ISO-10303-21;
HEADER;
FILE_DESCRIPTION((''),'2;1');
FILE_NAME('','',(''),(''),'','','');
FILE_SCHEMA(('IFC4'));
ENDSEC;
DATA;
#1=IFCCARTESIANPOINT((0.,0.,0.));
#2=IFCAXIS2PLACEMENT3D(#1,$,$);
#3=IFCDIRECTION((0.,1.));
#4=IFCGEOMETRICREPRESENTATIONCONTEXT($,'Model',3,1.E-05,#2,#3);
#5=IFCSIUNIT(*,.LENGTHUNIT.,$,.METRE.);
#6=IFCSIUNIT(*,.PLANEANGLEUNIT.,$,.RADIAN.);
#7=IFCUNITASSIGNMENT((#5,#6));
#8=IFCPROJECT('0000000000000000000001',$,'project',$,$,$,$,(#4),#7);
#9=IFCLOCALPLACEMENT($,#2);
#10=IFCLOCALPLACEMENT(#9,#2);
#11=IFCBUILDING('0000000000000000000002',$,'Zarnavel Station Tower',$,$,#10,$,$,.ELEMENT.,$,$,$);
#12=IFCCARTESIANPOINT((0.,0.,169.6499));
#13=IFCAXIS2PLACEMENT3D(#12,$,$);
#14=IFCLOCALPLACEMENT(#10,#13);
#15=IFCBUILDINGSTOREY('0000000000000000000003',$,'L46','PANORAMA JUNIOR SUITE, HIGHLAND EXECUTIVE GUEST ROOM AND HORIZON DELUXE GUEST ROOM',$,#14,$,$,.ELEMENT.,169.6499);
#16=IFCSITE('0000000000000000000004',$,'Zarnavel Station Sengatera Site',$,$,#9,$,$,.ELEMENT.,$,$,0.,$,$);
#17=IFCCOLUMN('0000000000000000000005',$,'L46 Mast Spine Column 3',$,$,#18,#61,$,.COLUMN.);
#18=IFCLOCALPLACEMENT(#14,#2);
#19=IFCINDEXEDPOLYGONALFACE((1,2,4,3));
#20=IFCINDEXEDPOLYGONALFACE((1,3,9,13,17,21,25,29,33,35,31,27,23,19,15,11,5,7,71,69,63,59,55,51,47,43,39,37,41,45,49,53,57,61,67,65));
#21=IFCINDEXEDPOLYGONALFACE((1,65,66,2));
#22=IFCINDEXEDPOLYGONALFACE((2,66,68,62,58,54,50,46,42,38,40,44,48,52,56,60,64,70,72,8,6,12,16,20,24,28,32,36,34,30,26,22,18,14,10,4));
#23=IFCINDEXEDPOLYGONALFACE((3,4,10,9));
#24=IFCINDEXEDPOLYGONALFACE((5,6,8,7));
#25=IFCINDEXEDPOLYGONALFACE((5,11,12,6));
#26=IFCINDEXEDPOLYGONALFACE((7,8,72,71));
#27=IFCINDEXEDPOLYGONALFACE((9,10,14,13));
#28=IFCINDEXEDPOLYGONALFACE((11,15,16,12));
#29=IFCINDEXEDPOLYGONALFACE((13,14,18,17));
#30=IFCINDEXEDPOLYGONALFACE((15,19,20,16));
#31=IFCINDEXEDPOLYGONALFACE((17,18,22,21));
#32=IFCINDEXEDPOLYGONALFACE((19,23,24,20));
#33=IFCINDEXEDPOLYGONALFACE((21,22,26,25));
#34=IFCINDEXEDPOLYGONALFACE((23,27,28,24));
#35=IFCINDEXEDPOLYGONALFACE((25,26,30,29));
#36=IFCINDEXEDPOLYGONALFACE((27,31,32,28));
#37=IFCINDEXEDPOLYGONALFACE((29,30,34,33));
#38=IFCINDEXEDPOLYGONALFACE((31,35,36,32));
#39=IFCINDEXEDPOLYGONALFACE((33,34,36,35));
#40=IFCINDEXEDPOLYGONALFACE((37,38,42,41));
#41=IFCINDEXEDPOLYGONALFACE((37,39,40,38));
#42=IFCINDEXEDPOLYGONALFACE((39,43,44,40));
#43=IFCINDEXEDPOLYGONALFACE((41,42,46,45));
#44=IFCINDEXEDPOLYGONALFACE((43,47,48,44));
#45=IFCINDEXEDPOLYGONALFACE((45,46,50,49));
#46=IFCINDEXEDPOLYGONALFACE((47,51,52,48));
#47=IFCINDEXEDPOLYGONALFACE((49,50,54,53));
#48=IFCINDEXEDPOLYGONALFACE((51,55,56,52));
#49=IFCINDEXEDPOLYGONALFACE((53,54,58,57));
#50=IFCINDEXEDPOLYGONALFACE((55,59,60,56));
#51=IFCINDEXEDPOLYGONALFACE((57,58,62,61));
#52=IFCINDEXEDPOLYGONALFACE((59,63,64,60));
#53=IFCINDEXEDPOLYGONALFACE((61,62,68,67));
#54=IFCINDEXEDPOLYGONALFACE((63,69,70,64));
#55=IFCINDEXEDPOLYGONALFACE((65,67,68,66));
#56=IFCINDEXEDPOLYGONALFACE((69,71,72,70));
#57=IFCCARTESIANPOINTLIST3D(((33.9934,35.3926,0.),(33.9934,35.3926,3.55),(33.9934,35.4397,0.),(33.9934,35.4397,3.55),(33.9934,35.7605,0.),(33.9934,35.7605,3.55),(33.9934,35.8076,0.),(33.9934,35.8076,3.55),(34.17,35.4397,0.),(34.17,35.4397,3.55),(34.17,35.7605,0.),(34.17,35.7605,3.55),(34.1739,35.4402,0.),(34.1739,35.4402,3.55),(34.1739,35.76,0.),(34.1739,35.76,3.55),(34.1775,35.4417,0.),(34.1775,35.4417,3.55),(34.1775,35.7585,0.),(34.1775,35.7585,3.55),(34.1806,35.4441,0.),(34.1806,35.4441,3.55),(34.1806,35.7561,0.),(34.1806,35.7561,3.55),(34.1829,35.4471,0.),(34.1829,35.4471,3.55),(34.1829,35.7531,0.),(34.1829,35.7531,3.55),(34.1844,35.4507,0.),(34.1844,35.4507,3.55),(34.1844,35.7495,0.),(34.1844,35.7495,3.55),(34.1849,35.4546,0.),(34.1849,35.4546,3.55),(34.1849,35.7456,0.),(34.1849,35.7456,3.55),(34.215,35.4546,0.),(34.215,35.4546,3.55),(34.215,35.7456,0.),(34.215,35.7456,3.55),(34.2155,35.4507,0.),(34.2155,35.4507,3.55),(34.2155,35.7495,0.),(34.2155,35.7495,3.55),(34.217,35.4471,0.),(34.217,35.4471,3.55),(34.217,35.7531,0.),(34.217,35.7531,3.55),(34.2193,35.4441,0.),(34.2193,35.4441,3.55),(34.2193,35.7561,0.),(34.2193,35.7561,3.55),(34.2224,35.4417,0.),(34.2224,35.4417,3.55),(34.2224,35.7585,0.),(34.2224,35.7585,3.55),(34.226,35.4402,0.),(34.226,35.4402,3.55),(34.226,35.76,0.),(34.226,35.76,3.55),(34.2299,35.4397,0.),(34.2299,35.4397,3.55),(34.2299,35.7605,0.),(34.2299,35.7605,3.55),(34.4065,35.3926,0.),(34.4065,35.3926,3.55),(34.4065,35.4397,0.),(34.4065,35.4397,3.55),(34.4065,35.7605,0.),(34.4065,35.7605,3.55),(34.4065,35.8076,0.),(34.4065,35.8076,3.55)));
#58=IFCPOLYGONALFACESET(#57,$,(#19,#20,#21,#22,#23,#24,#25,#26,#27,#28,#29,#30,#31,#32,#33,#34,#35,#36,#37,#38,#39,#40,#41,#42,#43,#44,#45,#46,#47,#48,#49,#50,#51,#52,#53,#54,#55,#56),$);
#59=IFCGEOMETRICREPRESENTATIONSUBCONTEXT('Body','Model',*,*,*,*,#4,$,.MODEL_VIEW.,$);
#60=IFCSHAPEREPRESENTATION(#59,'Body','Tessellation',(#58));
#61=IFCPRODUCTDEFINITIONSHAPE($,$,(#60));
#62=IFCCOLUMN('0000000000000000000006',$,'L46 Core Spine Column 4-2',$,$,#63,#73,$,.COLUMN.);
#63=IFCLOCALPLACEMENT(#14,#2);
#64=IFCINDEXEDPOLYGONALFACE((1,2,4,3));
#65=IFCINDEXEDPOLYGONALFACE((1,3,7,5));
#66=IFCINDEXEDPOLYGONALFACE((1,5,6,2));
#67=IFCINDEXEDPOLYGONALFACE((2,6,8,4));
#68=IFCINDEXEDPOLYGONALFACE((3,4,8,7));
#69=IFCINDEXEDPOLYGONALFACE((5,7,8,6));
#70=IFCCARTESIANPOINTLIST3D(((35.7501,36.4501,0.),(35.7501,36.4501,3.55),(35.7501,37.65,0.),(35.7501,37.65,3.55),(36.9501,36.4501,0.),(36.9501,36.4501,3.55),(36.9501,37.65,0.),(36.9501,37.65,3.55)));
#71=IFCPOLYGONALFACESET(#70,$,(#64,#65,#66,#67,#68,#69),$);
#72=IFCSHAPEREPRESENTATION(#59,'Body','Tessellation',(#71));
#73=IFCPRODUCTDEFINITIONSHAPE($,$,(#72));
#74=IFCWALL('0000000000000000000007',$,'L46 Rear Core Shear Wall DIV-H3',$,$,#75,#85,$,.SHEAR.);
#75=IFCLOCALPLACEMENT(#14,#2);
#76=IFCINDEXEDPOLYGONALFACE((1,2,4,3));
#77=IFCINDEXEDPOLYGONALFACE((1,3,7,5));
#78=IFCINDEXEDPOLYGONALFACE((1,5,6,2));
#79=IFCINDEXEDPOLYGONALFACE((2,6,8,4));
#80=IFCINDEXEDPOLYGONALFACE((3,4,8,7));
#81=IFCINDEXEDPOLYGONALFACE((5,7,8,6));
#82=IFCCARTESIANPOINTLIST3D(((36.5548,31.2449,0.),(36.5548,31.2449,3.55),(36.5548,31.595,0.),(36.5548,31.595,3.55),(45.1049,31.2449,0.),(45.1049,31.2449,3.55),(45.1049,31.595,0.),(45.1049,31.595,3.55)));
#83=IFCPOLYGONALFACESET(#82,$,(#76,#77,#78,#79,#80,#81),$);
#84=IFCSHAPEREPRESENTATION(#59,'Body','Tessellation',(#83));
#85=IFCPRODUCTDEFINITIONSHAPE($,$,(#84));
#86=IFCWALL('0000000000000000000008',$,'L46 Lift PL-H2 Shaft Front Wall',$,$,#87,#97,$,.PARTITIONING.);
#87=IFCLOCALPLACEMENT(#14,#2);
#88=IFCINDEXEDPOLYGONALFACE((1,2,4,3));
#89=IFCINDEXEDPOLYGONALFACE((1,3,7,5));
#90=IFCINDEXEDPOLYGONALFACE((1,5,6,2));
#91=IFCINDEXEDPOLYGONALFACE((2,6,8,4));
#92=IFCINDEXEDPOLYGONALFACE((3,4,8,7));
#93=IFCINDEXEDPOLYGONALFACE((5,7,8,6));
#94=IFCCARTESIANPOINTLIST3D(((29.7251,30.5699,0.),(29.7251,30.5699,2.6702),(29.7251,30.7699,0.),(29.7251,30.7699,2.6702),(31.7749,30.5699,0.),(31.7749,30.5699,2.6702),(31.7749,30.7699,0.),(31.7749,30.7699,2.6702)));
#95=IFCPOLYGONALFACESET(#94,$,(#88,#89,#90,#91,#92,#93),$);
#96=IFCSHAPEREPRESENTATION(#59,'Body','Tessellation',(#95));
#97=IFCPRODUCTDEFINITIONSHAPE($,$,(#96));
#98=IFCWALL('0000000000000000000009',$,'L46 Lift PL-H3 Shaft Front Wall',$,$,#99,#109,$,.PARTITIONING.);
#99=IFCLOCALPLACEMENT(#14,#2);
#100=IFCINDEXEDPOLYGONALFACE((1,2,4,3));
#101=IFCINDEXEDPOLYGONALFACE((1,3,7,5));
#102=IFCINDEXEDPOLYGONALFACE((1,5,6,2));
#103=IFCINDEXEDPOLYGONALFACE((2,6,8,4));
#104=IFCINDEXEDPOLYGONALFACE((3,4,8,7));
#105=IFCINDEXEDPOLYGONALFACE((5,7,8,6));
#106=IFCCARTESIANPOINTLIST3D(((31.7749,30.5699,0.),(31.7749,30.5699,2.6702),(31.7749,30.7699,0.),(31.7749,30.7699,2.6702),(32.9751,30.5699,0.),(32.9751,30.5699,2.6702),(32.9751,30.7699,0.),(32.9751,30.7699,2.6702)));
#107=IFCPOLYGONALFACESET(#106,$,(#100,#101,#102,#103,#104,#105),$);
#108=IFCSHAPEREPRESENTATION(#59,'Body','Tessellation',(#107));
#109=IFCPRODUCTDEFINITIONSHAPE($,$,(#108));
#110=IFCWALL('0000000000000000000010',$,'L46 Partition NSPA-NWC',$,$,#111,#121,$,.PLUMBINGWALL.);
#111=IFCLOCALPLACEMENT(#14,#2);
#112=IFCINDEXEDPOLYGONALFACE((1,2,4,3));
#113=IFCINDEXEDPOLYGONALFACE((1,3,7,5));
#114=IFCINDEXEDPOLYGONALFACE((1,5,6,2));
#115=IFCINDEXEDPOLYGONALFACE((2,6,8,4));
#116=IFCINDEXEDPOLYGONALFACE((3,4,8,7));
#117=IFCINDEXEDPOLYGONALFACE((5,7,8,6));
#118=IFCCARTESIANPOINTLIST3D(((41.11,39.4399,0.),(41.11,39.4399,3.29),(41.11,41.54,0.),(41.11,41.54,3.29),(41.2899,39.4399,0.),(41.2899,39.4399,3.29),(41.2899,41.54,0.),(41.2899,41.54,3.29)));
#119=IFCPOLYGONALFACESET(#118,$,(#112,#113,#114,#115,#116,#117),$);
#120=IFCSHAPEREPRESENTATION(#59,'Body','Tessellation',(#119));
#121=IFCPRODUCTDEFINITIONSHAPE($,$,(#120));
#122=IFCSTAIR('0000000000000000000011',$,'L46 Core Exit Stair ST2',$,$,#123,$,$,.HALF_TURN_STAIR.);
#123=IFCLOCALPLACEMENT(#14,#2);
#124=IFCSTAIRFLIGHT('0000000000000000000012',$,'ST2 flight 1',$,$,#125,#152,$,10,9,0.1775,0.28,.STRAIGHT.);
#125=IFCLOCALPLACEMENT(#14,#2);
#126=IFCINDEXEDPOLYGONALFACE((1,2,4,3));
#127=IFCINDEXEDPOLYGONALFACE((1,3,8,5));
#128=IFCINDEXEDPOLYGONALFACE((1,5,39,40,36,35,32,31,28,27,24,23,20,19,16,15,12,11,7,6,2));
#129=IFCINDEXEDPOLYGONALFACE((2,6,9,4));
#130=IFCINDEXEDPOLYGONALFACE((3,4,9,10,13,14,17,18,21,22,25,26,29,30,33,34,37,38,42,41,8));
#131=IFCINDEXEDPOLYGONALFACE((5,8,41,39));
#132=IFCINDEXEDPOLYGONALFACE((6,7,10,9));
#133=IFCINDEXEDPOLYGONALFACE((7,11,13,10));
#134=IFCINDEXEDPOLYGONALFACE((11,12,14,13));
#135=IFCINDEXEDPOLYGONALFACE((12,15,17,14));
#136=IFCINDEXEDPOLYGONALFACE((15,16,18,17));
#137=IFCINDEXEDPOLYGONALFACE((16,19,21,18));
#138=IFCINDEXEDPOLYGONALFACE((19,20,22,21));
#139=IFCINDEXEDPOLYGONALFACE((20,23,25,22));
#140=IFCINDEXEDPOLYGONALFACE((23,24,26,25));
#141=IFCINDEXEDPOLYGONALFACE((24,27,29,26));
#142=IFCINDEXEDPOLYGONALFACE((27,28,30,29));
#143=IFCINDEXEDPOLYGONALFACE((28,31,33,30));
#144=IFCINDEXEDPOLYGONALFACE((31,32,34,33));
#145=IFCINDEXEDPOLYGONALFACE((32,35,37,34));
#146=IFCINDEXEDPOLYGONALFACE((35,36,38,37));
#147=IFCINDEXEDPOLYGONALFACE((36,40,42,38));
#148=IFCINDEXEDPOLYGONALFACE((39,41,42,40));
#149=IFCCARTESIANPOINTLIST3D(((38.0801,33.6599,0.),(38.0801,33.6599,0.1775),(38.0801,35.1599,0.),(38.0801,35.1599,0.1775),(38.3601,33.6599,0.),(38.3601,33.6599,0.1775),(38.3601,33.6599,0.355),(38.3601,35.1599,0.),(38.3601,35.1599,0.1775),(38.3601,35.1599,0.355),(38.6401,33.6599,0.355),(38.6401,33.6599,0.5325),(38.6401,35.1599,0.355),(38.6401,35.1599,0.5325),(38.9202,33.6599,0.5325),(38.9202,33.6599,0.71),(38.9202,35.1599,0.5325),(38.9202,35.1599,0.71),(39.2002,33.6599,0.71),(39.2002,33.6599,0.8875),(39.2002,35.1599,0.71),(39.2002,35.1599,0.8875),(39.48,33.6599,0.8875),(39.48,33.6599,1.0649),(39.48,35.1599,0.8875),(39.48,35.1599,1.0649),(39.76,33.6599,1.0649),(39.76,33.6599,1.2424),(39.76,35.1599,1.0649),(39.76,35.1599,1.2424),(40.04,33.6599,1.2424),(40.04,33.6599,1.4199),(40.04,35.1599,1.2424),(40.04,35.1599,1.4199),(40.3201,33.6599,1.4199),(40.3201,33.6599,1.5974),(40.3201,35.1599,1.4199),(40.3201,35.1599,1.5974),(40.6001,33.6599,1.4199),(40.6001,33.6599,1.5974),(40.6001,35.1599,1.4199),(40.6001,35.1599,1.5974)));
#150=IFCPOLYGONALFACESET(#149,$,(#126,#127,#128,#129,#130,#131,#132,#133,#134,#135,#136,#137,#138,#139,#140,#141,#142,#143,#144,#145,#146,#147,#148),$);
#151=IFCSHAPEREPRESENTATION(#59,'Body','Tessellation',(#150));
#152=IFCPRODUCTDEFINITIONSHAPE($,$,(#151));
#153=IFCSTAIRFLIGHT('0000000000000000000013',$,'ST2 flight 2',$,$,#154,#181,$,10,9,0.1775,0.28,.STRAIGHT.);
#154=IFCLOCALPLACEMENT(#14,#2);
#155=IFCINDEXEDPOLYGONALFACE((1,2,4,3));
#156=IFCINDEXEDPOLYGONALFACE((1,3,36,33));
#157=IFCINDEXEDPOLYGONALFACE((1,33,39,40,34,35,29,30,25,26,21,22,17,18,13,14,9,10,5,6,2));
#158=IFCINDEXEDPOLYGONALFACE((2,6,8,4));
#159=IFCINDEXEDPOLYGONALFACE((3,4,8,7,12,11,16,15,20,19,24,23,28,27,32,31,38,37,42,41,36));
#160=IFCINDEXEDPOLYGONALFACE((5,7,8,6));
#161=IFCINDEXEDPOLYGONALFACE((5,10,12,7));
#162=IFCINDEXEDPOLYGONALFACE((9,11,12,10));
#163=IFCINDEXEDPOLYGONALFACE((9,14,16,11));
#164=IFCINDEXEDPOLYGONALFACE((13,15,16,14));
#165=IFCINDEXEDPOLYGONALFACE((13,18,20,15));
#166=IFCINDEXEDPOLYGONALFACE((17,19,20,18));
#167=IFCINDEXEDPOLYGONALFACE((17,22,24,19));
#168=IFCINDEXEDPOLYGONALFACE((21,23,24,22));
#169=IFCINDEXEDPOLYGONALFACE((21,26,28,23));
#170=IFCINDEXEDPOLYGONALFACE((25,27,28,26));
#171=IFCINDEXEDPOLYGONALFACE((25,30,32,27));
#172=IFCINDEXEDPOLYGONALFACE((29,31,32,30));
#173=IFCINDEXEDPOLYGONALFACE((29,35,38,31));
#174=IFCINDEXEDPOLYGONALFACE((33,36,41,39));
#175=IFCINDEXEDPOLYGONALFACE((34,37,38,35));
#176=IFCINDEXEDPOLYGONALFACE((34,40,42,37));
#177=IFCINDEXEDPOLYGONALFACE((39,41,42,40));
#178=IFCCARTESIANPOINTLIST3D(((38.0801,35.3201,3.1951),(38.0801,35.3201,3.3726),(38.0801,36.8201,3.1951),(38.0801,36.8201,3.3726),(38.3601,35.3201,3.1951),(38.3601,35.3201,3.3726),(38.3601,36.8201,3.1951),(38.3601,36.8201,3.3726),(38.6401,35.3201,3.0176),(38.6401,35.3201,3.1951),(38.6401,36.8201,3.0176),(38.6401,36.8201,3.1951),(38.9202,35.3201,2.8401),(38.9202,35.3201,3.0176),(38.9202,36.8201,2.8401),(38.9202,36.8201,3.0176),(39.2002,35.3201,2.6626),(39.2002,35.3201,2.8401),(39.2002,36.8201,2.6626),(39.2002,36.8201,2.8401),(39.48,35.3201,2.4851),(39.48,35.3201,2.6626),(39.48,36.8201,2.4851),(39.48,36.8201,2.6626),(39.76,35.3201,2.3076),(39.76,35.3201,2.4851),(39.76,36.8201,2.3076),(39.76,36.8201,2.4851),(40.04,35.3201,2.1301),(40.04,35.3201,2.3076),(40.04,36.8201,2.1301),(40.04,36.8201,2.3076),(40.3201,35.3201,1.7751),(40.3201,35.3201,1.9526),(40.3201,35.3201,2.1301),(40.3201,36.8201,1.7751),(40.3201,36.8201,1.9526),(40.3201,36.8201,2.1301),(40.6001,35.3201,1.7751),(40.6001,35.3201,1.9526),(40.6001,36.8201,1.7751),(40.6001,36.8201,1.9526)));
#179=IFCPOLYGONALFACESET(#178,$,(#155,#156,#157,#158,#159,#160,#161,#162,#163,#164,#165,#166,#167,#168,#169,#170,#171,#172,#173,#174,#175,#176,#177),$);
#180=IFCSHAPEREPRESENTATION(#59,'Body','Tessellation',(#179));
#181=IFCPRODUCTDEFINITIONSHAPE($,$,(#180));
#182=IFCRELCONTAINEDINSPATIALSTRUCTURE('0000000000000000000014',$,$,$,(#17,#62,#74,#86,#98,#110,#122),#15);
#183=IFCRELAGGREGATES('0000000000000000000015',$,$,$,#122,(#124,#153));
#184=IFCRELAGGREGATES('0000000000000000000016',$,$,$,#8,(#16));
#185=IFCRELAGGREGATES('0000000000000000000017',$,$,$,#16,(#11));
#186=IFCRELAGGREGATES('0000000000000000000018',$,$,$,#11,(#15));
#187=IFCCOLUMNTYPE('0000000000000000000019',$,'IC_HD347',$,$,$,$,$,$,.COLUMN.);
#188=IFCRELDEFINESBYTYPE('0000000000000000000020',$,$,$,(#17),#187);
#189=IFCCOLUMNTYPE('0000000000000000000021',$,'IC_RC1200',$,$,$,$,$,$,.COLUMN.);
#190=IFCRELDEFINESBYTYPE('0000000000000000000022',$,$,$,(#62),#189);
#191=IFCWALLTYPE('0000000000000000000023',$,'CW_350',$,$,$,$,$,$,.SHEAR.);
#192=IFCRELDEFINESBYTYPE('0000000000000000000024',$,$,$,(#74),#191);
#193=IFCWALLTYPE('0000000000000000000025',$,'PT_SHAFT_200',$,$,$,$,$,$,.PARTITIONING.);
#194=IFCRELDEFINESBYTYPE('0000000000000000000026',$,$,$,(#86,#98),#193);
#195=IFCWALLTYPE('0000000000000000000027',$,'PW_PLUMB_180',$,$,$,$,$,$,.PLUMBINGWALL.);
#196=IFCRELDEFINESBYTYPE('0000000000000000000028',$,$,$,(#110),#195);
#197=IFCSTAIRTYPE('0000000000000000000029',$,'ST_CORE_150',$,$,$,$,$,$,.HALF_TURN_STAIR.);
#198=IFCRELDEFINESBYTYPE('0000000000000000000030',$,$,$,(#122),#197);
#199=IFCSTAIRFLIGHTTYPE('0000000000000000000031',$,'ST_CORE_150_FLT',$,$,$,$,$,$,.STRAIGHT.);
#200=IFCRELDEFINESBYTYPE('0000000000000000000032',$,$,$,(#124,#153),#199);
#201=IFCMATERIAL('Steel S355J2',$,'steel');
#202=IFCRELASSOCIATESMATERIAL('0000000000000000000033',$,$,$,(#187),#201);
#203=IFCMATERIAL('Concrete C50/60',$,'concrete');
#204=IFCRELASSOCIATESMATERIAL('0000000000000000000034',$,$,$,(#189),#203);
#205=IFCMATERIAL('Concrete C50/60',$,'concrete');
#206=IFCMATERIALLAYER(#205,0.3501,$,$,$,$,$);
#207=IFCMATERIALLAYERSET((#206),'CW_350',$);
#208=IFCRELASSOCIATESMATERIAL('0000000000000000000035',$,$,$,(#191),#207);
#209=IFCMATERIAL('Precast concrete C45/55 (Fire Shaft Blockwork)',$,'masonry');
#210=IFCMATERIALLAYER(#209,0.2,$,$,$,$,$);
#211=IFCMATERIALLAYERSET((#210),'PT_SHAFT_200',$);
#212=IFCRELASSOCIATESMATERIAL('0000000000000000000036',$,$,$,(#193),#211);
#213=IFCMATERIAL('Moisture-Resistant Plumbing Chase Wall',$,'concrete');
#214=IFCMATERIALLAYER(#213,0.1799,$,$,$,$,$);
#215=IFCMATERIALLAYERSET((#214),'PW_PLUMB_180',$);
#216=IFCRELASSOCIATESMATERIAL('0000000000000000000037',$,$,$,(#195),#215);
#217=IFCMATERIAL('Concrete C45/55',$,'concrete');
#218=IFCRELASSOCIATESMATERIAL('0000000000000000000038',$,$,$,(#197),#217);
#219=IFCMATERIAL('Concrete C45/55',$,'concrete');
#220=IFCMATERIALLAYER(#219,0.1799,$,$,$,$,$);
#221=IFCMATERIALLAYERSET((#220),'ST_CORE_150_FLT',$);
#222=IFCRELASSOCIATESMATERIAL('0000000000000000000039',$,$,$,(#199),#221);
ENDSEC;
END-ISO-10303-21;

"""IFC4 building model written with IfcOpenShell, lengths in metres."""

from ifc_helpers import new_model, si_unit, direction, frame, frame_2d, origin, origin_2d, place, context, subcontext, project, spatial, polyline, rectangle, i_section, outline, extrude, material, layer, layer_set, material_profile, profile_set, type_object, element, aggregate, save


model = new_model("IFC4")

# Units and contexts
model_context = context("Model", 3, precision=1e-05, world=origin(), true_north=direction((0.0, 1.0)))
body_context = subcontext(model_context, "Body", "Model", "MODEL_VIEW")
ifc_project = project(units=[si_unit("LENGTHUNIT", "METRE"), si_unit("PLANEANGLEUNIT", "RADIAN")], contexts=[model_context])

# Site, building, storey
site_placement = place(None, origin())
site = spatial("IfcSite", under=ifc_project, at=site_placement, Name="Zarnavel Station Sengatera Site", CompositionType="ELEMENT", RefElevation=0.0)
building_placement = place(site_placement, origin())
building = spatial("IfcBuilding", under=site, at=building_placement, Name="Zarnavel Station Tower", CompositionType="ELEMENT")
storey_placement = place(building_placement, frame((0.0, 0.0, 169.6499)))
storey = spatial("IfcBuildingStorey", under=building, at=storey_placement, Name="L46", Description="PANORAMA JUNIOR SUITE, HIGHLAND EXECUTIVE GUEST ROOM AND HORIZON DELUXE GUEST ROOM", CompositionType="ELEMENT", Elevation=169.6499)

# Columns
ifc_material_1 = material(Name="Steel S355J2", Category="steel")
ifc_material_profile_1 = material_profile(ifc_material_1, i_section(OverallWidth=0.4131, OverallDepth=0.415, WebThickness=0.03, FlangeThickness=0.0471, FilletRadius=0.0149, at=origin_2d()), Name="HD400x347")
ifc_profile_set_1 = profile_set([ifc_material_profile_1], Name="Steel S355J2")
column_type_1 = type_object("IfcColumnType", Name="IC_HD347", PredefinedType="COLUMN", material=ifc_profile_set_1)
column_1_placement = place(storey_placement, frame((34.2, 35.6001, 0.0), z_axis=(0.0, 0.0, 1.0), x_axis=(1.0, 0.0, 0.0)))
element("IfcColumn", 1, at=column_1_placement, inside=storey, type_object=column_type_1, Name="L46 Mast Spine Column 3", PredefinedType="COLUMN", context=body_context, shape_type="SweptSolid", body=[
    extrude(i_section(OverallWidth=0.4131, OverallDepth=0.415, WebThickness=0.03, FlangeThickness=0.0471, FilletRadius=0.0149, at=origin_2d()), origin(), (0.0, 0.0, 1.0), 3.55),
])
ifc_material_2 = material(Name="Concrete C50/60", Category="concrete")
ifc_material_profile_2 = material_profile(ifc_material_2, rectangle(XDim=1.2, YDim=1.2, at=origin_2d()), Name="RC1200x1200")
ifc_profile_set_2 = profile_set([ifc_material_profile_2], Name="Concrete C50/60")
column_type_2 = type_object("IfcColumnType", Name="IC_RC1200", PredefinedType="COLUMN", material=ifc_profile_set_2)
column_2_placement = place(storey_placement, frame((36.3501, 37.05, 0.0), z_axis=(0.0, 0.0, 1.0), x_axis=(1.0, 0.0, 0.0)))
element("IfcColumn", 2, at=column_2_placement, inside=storey, type_object=column_type_2, Name="L46 Core Spine Column 4-2", PredefinedType="COLUMN", context=body_context, shape_type="SweptSolid", body=[
    extrude(rectangle(XDim=1.2, YDim=1.2, at=origin_2d()), origin(), (0.0, 0.0, 1.0), 3.55),
])

# Wall
ifc_material_3 = material(Name="Concrete C50/60", Category="concrete")
ifc_layer_1 = layer(ifc_material_3, 0.3501)
ifc_layer_set_1 = layer_set([ifc_layer_1], Name="CW_350")
wall_type_1 = type_object("IfcWallType", Name="CW_350", PredefinedType="SHEAR", material=ifc_layer_set_1)
wall_1_placement = place(storey_placement, frame((36.5549, 31.4199, 0.0), z_axis=(0.0, 0.0, 1.0), x_axis=(1.0, 0.0, 0.0)))
element("IfcWall", 3, at=wall_1_placement, inside=storey, type_object=wall_type_1, Name="L46 Rear Core Shear Wall DIV-H3", PredefinedType="SHEAR", context=body_context, shape_type="SweptSolid", body=[
    extrude(rectangle(XDim=8.55, YDim=0.3501, at=frame_2d((4.2749, 0.0))), origin(), (0.0, 0.0, 1.0), 3.55),
])

# Shared definitions
ifc_material_4 = material(Name="Precast concrete C45/55 (Fire Shaft Blockwork)", Category="masonry")
ifc_layer_2 = layer(ifc_material_4, 0.2)
ifc_layer_set_2 = layer_set([ifc_layer_2], Name="PT_SHAFT_200")
wall_type_2 = type_object("IfcWallType", Name="PT_SHAFT_200", PredefinedType="PARTITIONING", material=ifc_layer_set_2)

# Walls
wall_2_placement = place(storey_placement, frame((29.7251, 30.6699, 0.0), z_axis=(0.0, 0.0, 1.0), x_axis=(1.0, 0.0, 0.0)))
element("IfcWall", 4, at=wall_2_placement, inside=storey, type_object=wall_type_2, Name="L46 Lift PL-H2 Shaft Front Wall", PredefinedType="PARTITIONING", context=body_context, shape_type="SweptSolid", body=[
    extrude(rectangle(XDim=2.0498, YDim=0.2, at=frame_2d((1.0249, 0.0))), origin(), (0.0, 0.0, 1.0), 2.6702),
])
wall_3_placement = place(storey_placement, frame((31.7749, 30.6699, 0.0), z_axis=(0.0, 0.0, 1.0), x_axis=(1.0, 0.0, 0.0)))
element("IfcWall", 5, at=wall_3_placement, inside=storey, type_object=wall_type_2, Name="L46 Lift PL-H3 Shaft Front Wall", PredefinedType="PARTITIONING", context=body_context, shape_type="SweptSolid", body=[
    extrude(rectangle(XDim=1.2002, YDim=0.2, at=frame_2d((0.6001, 0.0))), origin(), (0.0, 0.0, 1.0), 2.6702),
])

# Wall
ifc_material_5 = material(Name="Moisture-Resistant Plumbing Chase Wall", Category="concrete")
ifc_layer_3 = layer(ifc_material_5, 0.1799)
ifc_layer_set_3 = layer_set([ifc_layer_3], Name="PW_PLUMB_180")
wall_type_3 = type_object("IfcWallType", Name="PW_PLUMB_180", PredefinedType="PLUMBINGWALL", material=ifc_layer_set_3)
wall_4_placement = place(storey_placement, frame((41.2, 39.4399, 0.0), z_axis=(0.0, 0.0, 1.0), x_axis=(0.0, 1.0, 0.0)))
element("IfcWall", 6, at=wall_4_placement, inside=storey, type_object=wall_type_3, Name="L46 Partition NSPA-NWC", PredefinedType="PLUMBINGWALL", context=body_context, shape_type="SweptSolid", body=[
    extrude(rectangle(XDim=2.1001, YDim=0.1799, at=frame_2d((1.05, 0.0))), origin(), (0.0, 0.0, 1.0), 3.29),
])

# Stair, stair flights
ifc_material_6 = material(Name="Concrete C45/55", Category="concrete")
stair_type = type_object("IfcStairType", Name="ST_CORE_150", PredefinedType="HALF_TURN_STAIR", material=ifc_material_6)
stair_placement = place(storey_placement, origin())
stair = element("IfcStair", 7, at=stair_placement, inside=storey, type_object=stair_type, Name="L46 Core Exit Stair ST2", PredefinedType="HALF_TURN_STAIR")
ifc_material_7 = material(Name="Concrete C45/55", Category="concrete")
ifc_layer_4 = layer(ifc_material_7, 0.1799)
ifc_layer_set_4 = layer_set([ifc_layer_4], Name="ST_CORE_150_FLT")
stair_flight_type = type_object("IfcStairFlightType", Name="ST_CORE_150_FLT", PredefinedType="STRAIGHT", material=ifc_layer_set_4)
stair_flight_1_placement = place(storey_placement, frame((38.0801, 34.4099, 0.0), z_axis=(0.0, 0.0, 1.0), x_axis=(1.0, 0.0, 0.0)))
stair_flight_1 = element("IfcStairFlight", 8, at=stair_flight_1_placement, type_object=stair_flight_type, Name="ST2 flight 1", NumberOfRisers=10, NumberOfTreads=9, PredefinedType="STRAIGHT", RiserHeight=0.1775, TreadLength=0.28, context=body_context, shape_type="SweptSolid", body=[
    extrude(outline(polyline([(0.0, 0.0), (0.0, 0.1775), (0.28, 0.1775), (0.28, 0.355), (0.5601, 0.355), (0.5601, 0.5325), (0.8401, 0.5325), (0.8401, 0.71), (1.1201, 0.71), (1.1201, 0.8875), (1.3999, 0.8875), (1.3999, 1.0649), (1.6799, 1.0649), (1.6799, 1.2424), (1.96, 1.2424), (1.96, 1.4199), (2.24, 1.4199), (2.24, 1.5974), (2.52, 1.5974), (2.52, 1.7749), (2.52, 1.4199), (0.28, 0.0), (0.0, 0.0)])), frame((0.0, 0.75, 0.0), z_axis=(0.0, -1.0, 0.0), x_axis=(1.0, 0.0, 0.0)), (0.0, 0.0, 1.0), 1.5),
])
stair_flight_2_placement = place(storey_placement, frame((40.6001, 36.0701, 1.7751), z_axis=(0.0, 0.0, 1.0), x_axis=(-1.0, 0.0, 0.0)))
stair_flight_2 = element("IfcStairFlight", 9, at=stair_flight_2_placement, type_object=stair_flight_type, Name="ST2 flight 2", NumberOfRisers=10, NumberOfTreads=9, PredefinedType="STRAIGHT", RiserHeight=0.1775, TreadLength=0.28, context=body_context, shape_type="SweptSolid", body=[
    extrude(outline(polyline([(0.0, 0.0), (0.0, 0.1775), (0.28, 0.1775), (0.28, 0.355), (0.5601, 0.355), (0.5601, 0.5325), (0.8401, 0.5325), (0.8401, 0.71), (1.1201, 0.71), (1.1201, 0.8875), (1.3999, 0.8875), (1.3999, 1.0649), (1.6799, 1.0649), (1.6799, 1.2424), (1.96, 1.2424), (1.96, 1.4199), (2.24, 1.4199), (2.24, 1.5974), (2.52, 1.5974), (2.52, 1.7749), (2.52, 1.4199), (0.28, 0.0), (0.0, 0.0)])), frame((0.0, 0.75, 0.0), z_axis=(0.0, -1.0, 0.0), x_axis=(1.0, 0.0, 0.0)), (0.0, 0.0, 1.0), 1.5),
])
aggregate(stair, [stair_flight_1, stair_flight_2])

save(model, "model.ifc")
